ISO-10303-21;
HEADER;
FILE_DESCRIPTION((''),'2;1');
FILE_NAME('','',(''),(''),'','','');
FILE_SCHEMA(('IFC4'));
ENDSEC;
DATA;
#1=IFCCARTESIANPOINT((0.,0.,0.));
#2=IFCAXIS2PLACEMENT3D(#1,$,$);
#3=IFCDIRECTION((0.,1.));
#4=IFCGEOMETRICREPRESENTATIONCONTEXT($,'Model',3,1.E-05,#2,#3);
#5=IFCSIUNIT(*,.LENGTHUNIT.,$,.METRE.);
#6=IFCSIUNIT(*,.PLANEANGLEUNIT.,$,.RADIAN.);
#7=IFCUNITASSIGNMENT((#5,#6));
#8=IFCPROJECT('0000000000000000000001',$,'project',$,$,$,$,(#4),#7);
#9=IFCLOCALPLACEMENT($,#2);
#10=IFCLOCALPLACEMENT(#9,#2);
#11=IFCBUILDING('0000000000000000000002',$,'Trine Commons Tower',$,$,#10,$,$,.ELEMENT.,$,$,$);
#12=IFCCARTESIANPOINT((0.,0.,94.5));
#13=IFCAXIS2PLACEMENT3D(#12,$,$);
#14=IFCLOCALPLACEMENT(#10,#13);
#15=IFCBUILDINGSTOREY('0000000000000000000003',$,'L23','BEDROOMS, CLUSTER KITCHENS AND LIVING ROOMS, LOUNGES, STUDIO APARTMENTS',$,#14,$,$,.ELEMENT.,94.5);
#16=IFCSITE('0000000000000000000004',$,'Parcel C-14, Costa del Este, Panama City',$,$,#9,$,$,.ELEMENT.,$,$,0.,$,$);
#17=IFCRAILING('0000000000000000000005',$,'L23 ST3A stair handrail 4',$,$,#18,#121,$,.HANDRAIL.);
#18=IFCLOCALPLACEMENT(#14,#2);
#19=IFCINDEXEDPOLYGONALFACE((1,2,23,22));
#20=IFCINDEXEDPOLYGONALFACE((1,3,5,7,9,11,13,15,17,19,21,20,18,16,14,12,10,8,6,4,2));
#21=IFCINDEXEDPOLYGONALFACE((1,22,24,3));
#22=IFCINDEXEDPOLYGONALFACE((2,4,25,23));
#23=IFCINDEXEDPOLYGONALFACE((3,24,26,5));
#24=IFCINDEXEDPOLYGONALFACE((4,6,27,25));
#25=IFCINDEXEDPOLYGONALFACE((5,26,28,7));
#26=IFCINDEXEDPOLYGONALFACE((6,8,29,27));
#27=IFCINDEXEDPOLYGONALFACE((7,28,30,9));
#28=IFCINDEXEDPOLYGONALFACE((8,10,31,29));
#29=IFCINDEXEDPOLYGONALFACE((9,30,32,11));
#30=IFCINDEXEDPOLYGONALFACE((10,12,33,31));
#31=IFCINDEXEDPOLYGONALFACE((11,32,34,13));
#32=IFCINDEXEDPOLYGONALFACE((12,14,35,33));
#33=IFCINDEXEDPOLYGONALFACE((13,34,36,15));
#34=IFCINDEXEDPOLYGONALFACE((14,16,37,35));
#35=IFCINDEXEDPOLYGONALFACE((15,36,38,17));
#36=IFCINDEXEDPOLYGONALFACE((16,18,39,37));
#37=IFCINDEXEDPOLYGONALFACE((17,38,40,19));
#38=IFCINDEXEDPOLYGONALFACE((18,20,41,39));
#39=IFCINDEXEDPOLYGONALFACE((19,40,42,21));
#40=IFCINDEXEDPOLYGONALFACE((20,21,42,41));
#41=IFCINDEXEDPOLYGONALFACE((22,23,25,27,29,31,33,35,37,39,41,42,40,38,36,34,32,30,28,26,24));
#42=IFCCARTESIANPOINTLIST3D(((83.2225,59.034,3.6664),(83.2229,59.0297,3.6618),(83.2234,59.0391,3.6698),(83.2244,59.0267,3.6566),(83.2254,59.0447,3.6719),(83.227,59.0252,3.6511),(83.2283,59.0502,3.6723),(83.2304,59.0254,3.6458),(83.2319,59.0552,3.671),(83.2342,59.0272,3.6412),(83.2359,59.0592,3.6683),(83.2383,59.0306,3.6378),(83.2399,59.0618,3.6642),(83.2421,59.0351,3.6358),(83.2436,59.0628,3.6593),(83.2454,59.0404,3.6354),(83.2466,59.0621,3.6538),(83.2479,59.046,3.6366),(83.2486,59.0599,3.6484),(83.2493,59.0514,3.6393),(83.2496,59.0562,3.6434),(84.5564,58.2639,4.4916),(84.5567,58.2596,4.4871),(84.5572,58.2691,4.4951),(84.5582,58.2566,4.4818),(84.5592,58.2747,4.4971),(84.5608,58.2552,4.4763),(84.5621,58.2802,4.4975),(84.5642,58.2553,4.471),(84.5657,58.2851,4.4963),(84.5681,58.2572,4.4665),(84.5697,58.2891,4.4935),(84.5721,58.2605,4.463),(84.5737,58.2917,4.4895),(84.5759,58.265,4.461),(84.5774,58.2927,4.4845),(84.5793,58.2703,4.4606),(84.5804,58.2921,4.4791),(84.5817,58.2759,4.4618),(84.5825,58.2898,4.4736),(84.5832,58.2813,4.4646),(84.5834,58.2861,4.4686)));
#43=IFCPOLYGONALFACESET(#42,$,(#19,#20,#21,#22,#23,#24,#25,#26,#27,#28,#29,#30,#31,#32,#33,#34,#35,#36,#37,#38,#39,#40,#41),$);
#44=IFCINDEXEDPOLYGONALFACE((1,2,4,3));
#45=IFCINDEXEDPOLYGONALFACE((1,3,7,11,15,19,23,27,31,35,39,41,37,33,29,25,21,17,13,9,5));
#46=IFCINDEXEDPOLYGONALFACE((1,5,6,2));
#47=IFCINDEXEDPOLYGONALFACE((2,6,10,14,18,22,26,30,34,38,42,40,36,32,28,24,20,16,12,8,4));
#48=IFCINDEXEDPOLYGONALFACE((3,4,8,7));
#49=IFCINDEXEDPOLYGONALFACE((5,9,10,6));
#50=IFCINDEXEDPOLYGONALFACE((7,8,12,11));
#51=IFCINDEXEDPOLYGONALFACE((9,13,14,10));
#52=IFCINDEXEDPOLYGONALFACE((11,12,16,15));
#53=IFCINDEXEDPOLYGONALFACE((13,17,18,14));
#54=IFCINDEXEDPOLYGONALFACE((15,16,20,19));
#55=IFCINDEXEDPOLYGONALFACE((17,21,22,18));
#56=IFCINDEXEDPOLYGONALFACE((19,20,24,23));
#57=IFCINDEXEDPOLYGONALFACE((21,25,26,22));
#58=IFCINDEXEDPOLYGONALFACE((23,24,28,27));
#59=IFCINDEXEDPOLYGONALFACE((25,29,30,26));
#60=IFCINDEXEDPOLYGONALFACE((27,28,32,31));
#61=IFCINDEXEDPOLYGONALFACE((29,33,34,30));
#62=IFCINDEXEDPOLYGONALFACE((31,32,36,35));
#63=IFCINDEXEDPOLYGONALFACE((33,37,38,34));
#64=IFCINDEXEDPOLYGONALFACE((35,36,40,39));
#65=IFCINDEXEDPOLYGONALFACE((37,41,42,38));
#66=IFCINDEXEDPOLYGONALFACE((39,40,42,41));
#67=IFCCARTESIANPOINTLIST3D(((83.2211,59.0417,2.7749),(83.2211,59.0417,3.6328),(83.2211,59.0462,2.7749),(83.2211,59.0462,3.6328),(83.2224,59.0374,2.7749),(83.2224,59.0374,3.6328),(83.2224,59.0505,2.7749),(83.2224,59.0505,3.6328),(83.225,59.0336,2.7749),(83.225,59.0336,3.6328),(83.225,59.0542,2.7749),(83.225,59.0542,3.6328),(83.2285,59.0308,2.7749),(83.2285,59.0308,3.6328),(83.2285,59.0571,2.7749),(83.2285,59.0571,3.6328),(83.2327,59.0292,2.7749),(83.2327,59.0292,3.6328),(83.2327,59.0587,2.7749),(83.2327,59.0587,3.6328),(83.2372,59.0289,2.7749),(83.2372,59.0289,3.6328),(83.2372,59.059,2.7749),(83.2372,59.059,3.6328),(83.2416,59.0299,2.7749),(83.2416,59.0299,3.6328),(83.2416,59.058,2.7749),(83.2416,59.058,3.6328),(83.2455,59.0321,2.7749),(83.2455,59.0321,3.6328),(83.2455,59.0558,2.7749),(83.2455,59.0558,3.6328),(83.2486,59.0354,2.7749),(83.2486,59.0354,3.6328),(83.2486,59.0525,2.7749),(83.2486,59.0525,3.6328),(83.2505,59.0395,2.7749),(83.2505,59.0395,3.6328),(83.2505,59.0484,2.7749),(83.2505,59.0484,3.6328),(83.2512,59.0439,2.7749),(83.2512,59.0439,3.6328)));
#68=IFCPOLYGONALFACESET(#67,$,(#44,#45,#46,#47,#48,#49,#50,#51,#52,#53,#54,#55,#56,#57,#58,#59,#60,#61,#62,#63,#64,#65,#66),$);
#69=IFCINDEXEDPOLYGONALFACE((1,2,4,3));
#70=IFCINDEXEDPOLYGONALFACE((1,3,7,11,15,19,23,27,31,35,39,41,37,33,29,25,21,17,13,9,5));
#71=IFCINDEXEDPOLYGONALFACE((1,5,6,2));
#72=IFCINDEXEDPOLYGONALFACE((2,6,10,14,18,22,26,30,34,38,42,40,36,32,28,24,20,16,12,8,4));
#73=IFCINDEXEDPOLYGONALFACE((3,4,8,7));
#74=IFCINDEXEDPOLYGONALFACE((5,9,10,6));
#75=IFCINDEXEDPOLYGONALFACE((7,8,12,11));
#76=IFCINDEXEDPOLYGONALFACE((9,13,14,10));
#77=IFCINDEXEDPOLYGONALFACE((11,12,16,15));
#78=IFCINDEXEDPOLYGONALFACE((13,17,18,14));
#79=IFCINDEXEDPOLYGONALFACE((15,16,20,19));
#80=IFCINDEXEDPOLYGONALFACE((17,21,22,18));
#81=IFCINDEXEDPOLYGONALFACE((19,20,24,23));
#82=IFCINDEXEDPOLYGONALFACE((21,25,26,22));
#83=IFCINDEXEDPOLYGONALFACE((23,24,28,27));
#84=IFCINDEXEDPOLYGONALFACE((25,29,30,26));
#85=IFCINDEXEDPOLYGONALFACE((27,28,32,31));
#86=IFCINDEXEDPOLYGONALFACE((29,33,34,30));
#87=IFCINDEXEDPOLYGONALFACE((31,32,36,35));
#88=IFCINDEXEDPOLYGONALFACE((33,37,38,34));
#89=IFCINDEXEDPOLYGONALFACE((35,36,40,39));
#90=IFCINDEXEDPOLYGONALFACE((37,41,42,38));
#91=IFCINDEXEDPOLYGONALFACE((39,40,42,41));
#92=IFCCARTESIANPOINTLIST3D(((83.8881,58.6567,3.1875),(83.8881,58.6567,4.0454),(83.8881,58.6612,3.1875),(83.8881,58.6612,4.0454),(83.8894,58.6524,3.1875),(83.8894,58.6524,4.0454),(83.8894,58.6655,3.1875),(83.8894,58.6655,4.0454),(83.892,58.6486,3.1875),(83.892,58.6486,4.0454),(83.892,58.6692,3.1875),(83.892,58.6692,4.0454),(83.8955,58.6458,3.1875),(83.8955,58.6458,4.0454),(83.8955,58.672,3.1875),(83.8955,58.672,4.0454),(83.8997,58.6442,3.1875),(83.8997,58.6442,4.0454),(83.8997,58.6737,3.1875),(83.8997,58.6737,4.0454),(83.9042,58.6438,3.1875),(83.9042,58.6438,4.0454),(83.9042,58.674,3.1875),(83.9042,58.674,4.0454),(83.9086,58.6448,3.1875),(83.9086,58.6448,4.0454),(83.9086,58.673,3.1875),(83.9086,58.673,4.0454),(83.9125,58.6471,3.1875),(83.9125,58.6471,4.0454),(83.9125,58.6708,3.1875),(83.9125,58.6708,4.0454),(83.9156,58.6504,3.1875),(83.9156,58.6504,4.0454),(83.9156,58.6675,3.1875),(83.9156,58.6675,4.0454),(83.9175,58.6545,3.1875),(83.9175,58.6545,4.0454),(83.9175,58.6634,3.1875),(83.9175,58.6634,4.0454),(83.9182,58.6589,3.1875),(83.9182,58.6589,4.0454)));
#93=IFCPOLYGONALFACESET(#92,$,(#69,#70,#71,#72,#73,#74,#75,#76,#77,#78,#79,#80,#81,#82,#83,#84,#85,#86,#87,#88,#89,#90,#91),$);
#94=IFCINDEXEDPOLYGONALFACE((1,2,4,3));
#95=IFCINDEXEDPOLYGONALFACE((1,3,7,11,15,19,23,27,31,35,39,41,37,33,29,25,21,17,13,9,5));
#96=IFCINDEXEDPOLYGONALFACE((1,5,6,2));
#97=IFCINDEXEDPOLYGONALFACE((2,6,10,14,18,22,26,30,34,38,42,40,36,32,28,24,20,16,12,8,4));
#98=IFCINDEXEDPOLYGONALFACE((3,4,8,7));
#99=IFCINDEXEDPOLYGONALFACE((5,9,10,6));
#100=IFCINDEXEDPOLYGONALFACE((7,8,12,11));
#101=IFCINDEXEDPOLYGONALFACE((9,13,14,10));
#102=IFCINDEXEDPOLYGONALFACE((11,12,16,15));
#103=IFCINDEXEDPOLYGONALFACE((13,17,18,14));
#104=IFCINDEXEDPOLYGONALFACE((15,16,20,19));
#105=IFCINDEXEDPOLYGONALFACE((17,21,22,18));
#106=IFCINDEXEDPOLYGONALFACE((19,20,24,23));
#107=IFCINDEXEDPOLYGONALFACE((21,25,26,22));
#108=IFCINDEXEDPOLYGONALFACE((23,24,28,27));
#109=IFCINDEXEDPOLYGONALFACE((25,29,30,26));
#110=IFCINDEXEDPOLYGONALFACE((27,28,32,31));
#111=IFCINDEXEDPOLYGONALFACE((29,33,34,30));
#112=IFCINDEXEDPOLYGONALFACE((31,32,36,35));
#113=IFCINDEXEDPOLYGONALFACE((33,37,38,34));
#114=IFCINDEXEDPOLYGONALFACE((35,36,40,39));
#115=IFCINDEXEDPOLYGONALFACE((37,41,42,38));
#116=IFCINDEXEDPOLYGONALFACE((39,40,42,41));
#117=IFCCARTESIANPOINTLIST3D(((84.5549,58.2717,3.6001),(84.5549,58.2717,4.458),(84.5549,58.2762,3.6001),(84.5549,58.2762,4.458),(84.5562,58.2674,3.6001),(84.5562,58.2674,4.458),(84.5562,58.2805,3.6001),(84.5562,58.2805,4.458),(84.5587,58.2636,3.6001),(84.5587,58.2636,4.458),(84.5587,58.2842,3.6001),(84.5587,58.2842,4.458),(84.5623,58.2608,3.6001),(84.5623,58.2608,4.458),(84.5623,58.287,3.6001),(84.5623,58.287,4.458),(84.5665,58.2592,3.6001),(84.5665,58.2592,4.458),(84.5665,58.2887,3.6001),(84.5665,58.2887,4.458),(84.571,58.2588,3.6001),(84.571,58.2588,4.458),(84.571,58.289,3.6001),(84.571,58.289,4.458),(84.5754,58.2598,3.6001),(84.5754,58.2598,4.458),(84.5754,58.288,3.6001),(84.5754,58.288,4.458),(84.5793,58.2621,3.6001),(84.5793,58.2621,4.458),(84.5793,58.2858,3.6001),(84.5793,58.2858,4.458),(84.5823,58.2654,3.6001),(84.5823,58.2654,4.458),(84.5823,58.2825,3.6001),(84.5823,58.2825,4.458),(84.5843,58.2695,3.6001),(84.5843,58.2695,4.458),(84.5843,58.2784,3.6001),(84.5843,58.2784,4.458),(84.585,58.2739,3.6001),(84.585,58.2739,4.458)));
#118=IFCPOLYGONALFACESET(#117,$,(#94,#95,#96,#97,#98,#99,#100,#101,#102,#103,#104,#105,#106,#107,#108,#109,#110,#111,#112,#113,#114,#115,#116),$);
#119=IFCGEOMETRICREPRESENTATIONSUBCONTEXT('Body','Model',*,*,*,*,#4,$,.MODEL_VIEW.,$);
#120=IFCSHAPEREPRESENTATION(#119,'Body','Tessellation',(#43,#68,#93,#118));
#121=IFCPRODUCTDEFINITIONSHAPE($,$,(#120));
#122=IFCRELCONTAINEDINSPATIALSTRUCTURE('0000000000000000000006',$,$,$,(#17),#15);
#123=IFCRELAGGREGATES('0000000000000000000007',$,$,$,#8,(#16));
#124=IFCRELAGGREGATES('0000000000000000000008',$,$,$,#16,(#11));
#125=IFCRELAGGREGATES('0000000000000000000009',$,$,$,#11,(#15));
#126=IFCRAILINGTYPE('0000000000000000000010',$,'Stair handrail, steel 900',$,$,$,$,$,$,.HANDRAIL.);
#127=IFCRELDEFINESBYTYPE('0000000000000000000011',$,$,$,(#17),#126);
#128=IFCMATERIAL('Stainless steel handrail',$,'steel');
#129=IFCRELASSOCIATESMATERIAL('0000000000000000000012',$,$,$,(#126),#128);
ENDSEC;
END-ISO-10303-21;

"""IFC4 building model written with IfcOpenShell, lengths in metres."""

from ifc_helpers import new_model, si_unit, direction, frame, origin, origin_2d, place, context, subcontext, project, spatial, circle, extrude, material, type_object, element, save


model = new_model("IFC4")

# Units and contexts
model_context = context("Model", 3, precision=1e-05, world=origin(), true_north=direction((0.0, 1.0)))
body_context = subcontext(model_context, "Body", "Model", "MODEL_VIEW")
ifc_project = project(units=[si_unit("LENGTHUNIT", "METRE"), si_unit("PLANEANGLEUNIT", "RADIAN")], contexts=[model_context])

# Site, building, storey
site_placement = place(None, origin())
site = spatial("IfcSite", under=ifc_project, at=site_placement, Name="Parcel C-14, Costa del Este, Panama City", CompositionType="ELEMENT", RefElevation=0.0)
building_placement = place(site_placement, origin())
building = spatial("IfcBuilding", under=site, at=building_placement, Name="Trine Commons Tower", CompositionType="ELEMENT")
storey_placement = place(building_placement, frame((0.0, 0.0, 94.5)))
storey = spatial("IfcBuildingStorey", under=building, at=storey_placement, Name="L23", Description="BEDROOMS, CLUSTER KITCHENS AND LIVING ROOMS, LOUNGES, STUDIO APARTMENTS", CompositionType="ELEMENT", Elevation=94.5)

# Railing
ifc_material_1 = material(Name="Stainless steel handrail", Category="steel")
railing_type_1 = type_object("IfcRailingType", Name="Stair handrail, steel 900", PredefinedType="HANDRAIL", material=ifc_material_1)
railing_1_placement = place(storey_placement, frame((83.2361, 59.0439, 2.7749)))
element("IfcRailing", 1, at=railing_1_placement, inside=storey, type_object=railing_type_1, Name="L23 ST3A stair handrail 4", PredefinedType="HANDRAIL", context=body_context, shape_type="SweptSolid", body=[
    extrude(circle(Radius=0.021, at=origin_2d()), frame((0.0, 0.0, 0.8789), z_axis=(0.763355, -0.440714, 0.472293), x_axis=(0.499992, 0.86603, 0.0)), (0.0, 0.0, 1.0), 1.7473),
    extrude(circle(Radius=0.0151, at=origin_2d()), origin(), (0.0, 0.0, 1.0), 0.8579),
    extrude(circle(Radius=0.0151, at=origin_2d()), frame((0.667, -0.385, 0.4126)), (0.0, 0.0, 1.0), 0.8579),
    extrude(circle(Radius=0.0151, at=origin_2d()), frame((1.3337, -0.77, 0.8252)), (0.0, 0.0, 1.0), 0.8579),
])

save(model, "model.ifc")
